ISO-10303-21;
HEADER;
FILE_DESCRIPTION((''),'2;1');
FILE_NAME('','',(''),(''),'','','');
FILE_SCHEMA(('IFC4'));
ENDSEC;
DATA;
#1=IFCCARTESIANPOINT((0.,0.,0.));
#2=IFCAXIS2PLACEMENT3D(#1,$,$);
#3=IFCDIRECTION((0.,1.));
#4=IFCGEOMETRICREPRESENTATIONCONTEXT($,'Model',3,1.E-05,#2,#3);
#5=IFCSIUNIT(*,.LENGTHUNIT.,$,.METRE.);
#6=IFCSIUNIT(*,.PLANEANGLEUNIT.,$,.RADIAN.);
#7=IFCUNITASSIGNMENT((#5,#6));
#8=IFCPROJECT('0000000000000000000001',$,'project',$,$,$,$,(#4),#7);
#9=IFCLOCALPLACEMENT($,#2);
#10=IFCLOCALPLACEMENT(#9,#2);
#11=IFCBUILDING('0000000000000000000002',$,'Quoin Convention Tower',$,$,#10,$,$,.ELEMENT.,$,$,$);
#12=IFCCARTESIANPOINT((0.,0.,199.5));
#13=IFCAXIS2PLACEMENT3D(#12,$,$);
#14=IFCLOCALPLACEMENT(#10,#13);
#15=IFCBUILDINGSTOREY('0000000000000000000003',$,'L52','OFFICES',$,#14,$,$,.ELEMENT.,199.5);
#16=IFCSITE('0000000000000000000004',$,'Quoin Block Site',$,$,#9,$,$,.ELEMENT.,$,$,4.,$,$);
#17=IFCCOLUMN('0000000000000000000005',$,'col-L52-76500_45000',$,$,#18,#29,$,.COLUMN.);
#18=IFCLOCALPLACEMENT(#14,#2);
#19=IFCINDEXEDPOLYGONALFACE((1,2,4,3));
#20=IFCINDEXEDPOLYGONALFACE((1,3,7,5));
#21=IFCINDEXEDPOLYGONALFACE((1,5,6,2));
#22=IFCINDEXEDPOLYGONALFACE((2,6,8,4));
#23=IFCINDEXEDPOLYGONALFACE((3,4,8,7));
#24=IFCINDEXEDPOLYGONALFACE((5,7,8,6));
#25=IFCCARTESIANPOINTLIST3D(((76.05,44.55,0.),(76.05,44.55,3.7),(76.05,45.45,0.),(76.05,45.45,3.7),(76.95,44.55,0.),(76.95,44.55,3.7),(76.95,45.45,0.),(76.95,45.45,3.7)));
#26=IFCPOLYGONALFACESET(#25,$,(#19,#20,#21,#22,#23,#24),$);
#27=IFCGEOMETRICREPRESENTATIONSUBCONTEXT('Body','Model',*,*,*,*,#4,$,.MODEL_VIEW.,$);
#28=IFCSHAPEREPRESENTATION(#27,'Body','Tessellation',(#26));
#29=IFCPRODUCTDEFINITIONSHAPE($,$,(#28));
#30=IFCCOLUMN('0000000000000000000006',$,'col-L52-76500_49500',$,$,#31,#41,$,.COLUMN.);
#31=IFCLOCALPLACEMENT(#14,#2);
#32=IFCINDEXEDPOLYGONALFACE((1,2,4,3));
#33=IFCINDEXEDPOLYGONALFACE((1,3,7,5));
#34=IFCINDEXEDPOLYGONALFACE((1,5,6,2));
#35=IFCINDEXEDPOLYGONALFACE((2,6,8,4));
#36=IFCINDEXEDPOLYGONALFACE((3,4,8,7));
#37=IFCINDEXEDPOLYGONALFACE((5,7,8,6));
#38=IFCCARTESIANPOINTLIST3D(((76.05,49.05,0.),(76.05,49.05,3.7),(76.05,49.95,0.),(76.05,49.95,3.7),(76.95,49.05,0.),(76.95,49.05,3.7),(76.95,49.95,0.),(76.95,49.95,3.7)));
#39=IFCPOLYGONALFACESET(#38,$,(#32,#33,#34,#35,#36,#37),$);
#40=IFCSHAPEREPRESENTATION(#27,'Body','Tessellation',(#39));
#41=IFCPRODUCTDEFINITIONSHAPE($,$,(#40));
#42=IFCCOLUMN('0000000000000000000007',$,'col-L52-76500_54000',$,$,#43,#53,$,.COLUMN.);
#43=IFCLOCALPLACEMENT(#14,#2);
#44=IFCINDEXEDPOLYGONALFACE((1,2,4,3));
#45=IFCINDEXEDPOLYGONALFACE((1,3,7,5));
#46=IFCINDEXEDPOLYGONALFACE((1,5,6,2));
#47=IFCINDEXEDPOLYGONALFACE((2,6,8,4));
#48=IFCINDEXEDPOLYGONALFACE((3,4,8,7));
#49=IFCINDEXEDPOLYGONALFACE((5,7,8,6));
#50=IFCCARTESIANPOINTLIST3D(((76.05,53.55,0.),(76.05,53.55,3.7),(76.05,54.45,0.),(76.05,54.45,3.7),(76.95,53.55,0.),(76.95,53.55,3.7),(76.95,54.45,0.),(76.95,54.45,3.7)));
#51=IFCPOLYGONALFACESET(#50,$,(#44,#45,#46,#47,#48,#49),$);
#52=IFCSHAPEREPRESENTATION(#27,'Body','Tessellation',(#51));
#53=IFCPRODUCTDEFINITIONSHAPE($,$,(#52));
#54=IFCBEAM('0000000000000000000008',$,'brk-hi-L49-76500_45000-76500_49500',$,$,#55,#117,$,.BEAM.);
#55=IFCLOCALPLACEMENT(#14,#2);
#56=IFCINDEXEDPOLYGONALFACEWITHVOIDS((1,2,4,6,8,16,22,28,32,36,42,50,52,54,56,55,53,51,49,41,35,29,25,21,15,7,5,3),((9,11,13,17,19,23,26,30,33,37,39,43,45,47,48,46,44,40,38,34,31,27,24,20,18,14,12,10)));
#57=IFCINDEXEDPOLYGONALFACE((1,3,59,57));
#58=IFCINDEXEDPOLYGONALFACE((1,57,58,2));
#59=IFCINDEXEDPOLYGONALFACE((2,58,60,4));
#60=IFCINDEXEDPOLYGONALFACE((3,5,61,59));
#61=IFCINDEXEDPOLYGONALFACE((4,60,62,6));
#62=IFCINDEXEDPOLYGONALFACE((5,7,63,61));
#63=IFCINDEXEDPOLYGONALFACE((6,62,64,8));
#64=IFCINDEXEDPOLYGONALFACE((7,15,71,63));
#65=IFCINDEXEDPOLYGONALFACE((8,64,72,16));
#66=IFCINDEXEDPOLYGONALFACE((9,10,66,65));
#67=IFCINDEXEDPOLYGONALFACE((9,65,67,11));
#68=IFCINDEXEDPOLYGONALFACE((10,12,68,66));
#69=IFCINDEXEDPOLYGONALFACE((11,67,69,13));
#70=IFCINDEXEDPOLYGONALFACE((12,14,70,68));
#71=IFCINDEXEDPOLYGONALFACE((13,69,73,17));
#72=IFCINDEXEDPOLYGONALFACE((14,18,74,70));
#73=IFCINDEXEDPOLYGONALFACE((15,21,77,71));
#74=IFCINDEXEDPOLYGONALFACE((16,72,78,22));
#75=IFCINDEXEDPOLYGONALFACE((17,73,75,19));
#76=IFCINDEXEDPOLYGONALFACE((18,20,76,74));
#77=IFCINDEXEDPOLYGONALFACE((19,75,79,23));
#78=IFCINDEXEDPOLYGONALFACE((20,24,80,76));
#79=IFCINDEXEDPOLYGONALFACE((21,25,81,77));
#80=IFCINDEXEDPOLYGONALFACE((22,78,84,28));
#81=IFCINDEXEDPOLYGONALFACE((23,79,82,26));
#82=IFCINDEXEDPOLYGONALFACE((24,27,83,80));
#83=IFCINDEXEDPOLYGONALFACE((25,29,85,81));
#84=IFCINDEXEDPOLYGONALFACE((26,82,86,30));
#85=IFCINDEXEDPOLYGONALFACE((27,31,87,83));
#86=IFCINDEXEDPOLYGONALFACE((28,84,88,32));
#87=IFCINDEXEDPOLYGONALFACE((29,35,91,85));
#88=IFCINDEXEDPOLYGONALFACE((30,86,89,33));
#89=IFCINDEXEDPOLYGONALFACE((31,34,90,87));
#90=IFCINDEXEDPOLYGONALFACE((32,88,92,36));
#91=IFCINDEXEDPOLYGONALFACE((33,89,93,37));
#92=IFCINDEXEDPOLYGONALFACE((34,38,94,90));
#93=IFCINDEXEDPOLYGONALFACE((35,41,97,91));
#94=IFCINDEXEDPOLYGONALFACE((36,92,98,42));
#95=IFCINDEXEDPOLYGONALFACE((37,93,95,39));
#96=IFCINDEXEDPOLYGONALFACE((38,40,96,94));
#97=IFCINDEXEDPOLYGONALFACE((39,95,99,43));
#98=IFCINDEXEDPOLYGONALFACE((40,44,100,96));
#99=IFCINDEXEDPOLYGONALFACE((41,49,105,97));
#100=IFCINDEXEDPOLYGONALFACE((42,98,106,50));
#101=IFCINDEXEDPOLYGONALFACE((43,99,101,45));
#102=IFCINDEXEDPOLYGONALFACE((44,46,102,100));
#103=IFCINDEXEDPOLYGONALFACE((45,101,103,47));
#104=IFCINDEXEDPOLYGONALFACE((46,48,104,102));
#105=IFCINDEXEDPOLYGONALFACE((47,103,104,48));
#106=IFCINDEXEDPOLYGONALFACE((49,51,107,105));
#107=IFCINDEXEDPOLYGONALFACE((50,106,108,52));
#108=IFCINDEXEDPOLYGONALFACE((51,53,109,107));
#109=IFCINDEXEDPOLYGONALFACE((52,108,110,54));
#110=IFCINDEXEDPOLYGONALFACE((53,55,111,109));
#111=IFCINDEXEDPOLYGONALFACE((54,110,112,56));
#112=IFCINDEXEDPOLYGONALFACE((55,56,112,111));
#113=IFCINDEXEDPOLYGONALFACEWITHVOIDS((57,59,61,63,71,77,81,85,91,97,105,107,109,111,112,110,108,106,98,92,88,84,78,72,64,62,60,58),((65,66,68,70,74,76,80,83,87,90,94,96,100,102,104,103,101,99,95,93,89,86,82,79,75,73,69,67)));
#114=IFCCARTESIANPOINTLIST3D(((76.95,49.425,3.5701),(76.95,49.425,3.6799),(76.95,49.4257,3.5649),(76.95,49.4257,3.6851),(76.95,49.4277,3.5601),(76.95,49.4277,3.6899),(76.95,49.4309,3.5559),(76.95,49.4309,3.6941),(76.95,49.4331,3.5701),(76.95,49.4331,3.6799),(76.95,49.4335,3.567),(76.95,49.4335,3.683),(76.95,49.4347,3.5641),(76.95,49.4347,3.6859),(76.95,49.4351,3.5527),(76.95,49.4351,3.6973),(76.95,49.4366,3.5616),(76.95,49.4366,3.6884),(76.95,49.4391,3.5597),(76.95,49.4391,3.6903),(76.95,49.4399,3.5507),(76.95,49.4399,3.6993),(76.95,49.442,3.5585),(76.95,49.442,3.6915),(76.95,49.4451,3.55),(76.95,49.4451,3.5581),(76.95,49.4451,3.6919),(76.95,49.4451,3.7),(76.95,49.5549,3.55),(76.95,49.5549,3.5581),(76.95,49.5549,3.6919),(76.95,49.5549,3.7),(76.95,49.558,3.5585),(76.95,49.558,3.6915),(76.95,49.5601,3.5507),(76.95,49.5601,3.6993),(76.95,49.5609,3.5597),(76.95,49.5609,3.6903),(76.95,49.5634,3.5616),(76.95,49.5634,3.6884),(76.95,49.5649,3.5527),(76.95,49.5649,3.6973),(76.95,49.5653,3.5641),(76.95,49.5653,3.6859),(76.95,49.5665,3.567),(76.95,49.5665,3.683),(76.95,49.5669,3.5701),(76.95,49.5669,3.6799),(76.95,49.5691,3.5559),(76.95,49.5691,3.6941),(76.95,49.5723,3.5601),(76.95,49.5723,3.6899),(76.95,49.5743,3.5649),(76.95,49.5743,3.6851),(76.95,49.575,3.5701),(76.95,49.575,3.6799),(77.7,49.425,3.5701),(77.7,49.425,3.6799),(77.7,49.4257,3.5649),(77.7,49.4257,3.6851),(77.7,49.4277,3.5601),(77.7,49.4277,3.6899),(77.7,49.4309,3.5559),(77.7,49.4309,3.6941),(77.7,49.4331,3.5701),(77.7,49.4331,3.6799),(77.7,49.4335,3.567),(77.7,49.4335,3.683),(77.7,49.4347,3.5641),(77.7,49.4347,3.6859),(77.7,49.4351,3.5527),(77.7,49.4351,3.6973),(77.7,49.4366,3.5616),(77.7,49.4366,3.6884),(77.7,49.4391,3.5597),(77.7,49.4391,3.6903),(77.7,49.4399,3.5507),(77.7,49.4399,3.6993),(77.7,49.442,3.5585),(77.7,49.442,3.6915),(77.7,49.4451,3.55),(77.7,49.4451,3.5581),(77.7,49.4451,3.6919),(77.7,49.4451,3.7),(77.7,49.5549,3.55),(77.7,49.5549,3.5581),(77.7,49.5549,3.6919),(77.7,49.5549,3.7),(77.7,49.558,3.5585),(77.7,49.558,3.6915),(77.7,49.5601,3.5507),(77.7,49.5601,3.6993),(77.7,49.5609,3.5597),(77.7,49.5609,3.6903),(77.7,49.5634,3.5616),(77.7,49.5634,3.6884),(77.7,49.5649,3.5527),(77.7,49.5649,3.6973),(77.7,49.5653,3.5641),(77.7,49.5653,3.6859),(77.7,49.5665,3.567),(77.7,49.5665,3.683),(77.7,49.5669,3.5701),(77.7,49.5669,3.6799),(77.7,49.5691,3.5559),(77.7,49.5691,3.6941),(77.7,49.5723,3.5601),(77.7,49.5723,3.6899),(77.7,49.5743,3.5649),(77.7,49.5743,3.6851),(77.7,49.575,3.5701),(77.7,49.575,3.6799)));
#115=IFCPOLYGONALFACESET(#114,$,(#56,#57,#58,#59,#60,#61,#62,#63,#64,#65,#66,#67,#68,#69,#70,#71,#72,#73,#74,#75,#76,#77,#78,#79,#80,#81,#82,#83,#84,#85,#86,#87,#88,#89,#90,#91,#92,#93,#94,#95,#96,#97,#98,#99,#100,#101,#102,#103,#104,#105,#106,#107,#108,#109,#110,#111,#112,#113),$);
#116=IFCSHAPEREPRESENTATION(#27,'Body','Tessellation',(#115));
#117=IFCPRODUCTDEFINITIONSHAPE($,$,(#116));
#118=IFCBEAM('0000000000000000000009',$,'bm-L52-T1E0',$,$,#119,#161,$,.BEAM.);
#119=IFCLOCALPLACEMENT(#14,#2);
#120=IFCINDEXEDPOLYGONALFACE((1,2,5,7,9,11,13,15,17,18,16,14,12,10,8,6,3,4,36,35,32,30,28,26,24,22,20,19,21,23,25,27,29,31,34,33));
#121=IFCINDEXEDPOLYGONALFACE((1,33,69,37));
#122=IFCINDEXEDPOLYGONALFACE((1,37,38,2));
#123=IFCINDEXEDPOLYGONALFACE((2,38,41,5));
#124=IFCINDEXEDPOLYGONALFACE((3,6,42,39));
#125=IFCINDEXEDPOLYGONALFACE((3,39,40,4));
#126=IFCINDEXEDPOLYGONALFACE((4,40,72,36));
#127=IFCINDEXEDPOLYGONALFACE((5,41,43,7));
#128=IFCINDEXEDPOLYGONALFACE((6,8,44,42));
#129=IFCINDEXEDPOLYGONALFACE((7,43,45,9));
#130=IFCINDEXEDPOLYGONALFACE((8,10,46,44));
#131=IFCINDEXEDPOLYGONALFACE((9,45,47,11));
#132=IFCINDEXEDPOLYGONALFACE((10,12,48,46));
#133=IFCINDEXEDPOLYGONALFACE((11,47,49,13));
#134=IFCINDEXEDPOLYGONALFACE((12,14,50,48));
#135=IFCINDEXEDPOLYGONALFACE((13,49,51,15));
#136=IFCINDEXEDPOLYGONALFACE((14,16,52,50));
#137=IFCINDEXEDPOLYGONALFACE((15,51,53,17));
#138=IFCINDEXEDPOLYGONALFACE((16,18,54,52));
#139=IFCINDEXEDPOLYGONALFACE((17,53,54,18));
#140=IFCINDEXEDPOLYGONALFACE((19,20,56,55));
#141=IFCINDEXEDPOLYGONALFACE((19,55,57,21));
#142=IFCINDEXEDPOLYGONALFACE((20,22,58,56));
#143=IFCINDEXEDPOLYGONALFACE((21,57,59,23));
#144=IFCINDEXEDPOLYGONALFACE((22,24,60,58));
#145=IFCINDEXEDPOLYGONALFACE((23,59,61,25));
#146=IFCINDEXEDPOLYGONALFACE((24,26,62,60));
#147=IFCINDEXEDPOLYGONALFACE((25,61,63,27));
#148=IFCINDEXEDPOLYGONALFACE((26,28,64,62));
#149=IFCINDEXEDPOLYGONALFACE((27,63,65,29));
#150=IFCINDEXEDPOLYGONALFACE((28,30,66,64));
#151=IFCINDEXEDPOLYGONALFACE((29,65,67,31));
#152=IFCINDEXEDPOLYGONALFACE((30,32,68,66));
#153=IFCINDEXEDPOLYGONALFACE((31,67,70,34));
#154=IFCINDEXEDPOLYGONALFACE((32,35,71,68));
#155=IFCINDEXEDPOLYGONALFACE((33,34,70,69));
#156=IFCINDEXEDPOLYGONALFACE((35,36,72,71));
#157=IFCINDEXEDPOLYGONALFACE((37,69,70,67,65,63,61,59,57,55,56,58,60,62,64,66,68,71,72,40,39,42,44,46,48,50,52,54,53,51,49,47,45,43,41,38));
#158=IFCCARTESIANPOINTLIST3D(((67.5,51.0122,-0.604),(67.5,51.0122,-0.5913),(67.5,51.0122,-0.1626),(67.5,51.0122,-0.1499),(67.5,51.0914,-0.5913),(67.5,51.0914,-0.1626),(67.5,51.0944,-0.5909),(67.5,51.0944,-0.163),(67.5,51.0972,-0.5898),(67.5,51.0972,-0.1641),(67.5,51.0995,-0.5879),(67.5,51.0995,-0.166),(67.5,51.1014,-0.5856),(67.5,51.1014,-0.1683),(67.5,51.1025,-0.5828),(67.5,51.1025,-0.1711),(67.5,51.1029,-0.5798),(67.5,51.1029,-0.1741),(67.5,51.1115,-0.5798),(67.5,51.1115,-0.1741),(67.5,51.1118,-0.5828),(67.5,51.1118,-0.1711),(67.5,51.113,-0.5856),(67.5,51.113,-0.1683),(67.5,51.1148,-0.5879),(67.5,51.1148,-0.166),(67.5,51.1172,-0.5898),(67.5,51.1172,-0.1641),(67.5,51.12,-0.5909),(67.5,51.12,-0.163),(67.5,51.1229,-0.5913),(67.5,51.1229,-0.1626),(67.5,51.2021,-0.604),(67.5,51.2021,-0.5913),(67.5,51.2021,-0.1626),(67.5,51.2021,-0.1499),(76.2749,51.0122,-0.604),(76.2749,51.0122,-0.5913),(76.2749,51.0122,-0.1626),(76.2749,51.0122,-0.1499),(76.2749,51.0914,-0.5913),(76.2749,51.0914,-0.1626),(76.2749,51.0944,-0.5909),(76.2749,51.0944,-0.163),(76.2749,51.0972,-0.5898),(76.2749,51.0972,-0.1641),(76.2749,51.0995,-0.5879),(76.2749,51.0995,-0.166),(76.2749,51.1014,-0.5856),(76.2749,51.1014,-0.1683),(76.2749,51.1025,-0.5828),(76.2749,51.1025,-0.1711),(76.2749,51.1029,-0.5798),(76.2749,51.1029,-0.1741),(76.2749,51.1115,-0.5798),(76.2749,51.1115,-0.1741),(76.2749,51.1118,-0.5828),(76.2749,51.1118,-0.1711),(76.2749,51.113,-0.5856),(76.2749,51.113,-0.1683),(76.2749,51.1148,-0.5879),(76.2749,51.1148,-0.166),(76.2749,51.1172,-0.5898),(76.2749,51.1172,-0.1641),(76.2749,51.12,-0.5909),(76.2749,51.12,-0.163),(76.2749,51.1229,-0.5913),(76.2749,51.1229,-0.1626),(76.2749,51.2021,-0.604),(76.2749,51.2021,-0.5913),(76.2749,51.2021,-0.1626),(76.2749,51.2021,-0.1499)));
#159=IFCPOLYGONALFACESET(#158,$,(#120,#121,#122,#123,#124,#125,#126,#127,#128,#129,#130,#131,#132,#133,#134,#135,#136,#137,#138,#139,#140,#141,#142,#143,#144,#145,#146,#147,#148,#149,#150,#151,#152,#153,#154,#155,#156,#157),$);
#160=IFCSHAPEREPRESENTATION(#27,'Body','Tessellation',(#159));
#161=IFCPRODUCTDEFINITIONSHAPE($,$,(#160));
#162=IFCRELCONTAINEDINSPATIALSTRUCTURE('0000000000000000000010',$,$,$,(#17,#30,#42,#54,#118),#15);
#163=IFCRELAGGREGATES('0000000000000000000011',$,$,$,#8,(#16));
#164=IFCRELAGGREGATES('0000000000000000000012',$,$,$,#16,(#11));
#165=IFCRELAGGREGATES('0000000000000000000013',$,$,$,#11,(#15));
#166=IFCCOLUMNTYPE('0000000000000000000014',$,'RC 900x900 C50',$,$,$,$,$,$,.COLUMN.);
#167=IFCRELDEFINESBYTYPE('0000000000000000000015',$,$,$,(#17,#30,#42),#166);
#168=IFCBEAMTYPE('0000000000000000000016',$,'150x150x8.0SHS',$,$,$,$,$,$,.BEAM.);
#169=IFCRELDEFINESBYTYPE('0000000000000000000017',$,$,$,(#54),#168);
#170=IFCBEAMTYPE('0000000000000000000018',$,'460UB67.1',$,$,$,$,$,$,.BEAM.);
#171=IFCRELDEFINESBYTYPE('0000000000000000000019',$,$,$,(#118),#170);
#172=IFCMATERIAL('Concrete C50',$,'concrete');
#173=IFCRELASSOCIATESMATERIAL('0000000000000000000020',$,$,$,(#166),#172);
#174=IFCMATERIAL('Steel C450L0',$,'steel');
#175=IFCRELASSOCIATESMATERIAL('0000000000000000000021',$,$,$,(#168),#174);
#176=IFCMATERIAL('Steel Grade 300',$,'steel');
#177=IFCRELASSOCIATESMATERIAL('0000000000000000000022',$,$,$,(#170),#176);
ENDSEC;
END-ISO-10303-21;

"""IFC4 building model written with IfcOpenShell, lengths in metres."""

from ifc_helpers import new_model, si_unit, direction, frame, origin, origin_2d, place, context, subcontext, project, spatial, rectangle, hollow_rectangle, i_section, extrude, material, material_profile, profile_set, type_object, element, save


model = new_model("IFC4")

# Units and contexts
model_context = context("Model", 3, precision=1e-05, world=origin(), true_north=direction((0.0, 1.0)))
body_context = subcontext(model_context, "Body", "Model", "MODEL_VIEW")
ifc_project = project(units=[si_unit("LENGTHUNIT", "METRE"), si_unit("PLANEANGLEUNIT", "RADIAN")], contexts=[model_context])

# Site, building, storey
site_placement = place(None, origin())
site = spatial("IfcSite", under=ifc_project, at=site_placement, Name="Quoin Block Site", CompositionType="ELEMENT", RefElevation=4.0)
building_placement = place(site_placement, origin())
building = spatial("IfcBuilding", under=site, at=building_placement, Name="Quoin Convention Tower", CompositionType="ELEMENT")
storey_placement = place(building_placement, frame((0.0, 0.0, 199.5)))
storey = spatial("IfcBuildingStorey", under=building, at=storey_placement, Name="L52", Description="OFFICES", CompositionType="ELEMENT", Elevation=199.5)

# Columns
ifc_material_1 = material(Name="Concrete C50", Category="concrete")
ifc_material_profile_1 = material_profile(ifc_material_1, rectangle(XDim=0.8999, YDim=0.8999, at=origin_2d()), Name="RC 900x900")
ifc_profile_set_1 = profile_set([ifc_material_profile_1], Name="Concrete C50")
column_type = type_object("IfcColumnType", Name="RC 900x900 C50", PredefinedType="COLUMN", material=ifc_profile_set_1)
for number, where, z_axis, x_axis, name in (
    (1, (76.5, 45.0, 0.0), (0.0, 0.0, 1.0), (1.0, 0.0, 0.0), "col-L52-76500_45000"),
    (2, (76.5, 49.5, 0.0), (0.0, 0.0, 1.0), (1.0, 0.0, 0.0), "col-L52-76500_49500"),
    (3, (76.5, 54.0, 0.0), (0.0, 0.0, 1.0), (1.0, 0.0, 0.0), "col-L52-76500_54000"),
):
    element("IfcColumn", number, at=place(storey_placement, frame(where, z_axis=z_axis, x_axis=x_axis)), inside=storey, type_object=column_type, Name=name, PredefinedType="COLUMN", context=body_context, shape_type="SweptSolid", body=[
        extrude(rectangle(XDim=0.8999, YDim=0.8999, at=origin_2d()), origin(), (0.0, 0.0, 1.0), 3.7),
    ])

# Beams
ifc_material_2 = material(Name="Steel C450L0", Category="steel")
ifc_material_profile_2 = material_profile(ifc_material_2, hollow_rectangle(XDim=0.1499, YDim=0.1499, WallThickness=0.0081, InnerFilletRadius=0.012, OuterFilletRadius=0.02, at=origin_2d()), Name="150x150x8.0SHS")
ifc_profile_set_2 = profile_set([ifc_material_profile_2], Name="Steel C450L0")
beam_type_1 = type_object("IfcBeamType", Name="150x150x8.0SHS", PredefinedType="BEAM", material=ifc_profile_set_2)
beam_1_placement = place(storey_placement, frame((76.95, 49.5, 3.625), z_axis=(1.0, 0.0, 0.0), x_axis=(0.0, 1.0, 0.0)))
element("IfcBeam", 4, at=beam_1_placement, inside=storey, type_object=beam_type_1, Name="brk-hi-L49-76500_45000-76500_49500", PredefinedType="BEAM", context=body_context, shape_type="SweptSolid", body=[
    extrude(hollow_rectangle(XDim=0.1499, YDim=0.1499, WallThickness=0.0081, InnerFilletRadius=0.012, OuterFilletRadius=0.02, at=origin_2d()), origin(), (0.0, 0.0, 1.0), 0.75),
])
ifc_material_3 = material(Name="Steel Grade 300", Category="steel")
ifc_material_profile_3 = material_profile(ifc_material_3, i_section(OverallWidth=0.1899, OverallDepth=0.4541, WebThickness=0.0085, FlangeThickness=0.0127, FilletRadius=0.0115, at=origin_2d()), Name="460UB67.1")
ifc_profile_set_3 = profile_set([ifc_material_profile_3], Name="Steel Grade 300")
beam_type_2 = type_object("IfcBeamType", Name="460UB67.1", PredefinedType="BEAM", material=ifc_profile_set_3)
beam_2_placement = place(storey_placement, frame((67.5, 51.1072, -0.377), z_axis=(1.0, 0.0, 0.0), x_axis=(0.0, 1.0, 0.0)))
element("IfcBeam", 5, at=beam_2_placement, inside=storey, type_object=beam_type_2, Name="bm-L52-T1E0", PredefinedType="BEAM", context=body_context, shape_type="SweptSolid", body=[
    extrude(i_section(OverallWidth=0.1899, OverallDepth=0.4541, WebThickness=0.0085, FlangeThickness=0.0127, FilletRadius=0.0115, at=origin_2d()), origin(), (0.0, 0.0, 1.0), 8.7749),
])

save(model, "model.ifc")
